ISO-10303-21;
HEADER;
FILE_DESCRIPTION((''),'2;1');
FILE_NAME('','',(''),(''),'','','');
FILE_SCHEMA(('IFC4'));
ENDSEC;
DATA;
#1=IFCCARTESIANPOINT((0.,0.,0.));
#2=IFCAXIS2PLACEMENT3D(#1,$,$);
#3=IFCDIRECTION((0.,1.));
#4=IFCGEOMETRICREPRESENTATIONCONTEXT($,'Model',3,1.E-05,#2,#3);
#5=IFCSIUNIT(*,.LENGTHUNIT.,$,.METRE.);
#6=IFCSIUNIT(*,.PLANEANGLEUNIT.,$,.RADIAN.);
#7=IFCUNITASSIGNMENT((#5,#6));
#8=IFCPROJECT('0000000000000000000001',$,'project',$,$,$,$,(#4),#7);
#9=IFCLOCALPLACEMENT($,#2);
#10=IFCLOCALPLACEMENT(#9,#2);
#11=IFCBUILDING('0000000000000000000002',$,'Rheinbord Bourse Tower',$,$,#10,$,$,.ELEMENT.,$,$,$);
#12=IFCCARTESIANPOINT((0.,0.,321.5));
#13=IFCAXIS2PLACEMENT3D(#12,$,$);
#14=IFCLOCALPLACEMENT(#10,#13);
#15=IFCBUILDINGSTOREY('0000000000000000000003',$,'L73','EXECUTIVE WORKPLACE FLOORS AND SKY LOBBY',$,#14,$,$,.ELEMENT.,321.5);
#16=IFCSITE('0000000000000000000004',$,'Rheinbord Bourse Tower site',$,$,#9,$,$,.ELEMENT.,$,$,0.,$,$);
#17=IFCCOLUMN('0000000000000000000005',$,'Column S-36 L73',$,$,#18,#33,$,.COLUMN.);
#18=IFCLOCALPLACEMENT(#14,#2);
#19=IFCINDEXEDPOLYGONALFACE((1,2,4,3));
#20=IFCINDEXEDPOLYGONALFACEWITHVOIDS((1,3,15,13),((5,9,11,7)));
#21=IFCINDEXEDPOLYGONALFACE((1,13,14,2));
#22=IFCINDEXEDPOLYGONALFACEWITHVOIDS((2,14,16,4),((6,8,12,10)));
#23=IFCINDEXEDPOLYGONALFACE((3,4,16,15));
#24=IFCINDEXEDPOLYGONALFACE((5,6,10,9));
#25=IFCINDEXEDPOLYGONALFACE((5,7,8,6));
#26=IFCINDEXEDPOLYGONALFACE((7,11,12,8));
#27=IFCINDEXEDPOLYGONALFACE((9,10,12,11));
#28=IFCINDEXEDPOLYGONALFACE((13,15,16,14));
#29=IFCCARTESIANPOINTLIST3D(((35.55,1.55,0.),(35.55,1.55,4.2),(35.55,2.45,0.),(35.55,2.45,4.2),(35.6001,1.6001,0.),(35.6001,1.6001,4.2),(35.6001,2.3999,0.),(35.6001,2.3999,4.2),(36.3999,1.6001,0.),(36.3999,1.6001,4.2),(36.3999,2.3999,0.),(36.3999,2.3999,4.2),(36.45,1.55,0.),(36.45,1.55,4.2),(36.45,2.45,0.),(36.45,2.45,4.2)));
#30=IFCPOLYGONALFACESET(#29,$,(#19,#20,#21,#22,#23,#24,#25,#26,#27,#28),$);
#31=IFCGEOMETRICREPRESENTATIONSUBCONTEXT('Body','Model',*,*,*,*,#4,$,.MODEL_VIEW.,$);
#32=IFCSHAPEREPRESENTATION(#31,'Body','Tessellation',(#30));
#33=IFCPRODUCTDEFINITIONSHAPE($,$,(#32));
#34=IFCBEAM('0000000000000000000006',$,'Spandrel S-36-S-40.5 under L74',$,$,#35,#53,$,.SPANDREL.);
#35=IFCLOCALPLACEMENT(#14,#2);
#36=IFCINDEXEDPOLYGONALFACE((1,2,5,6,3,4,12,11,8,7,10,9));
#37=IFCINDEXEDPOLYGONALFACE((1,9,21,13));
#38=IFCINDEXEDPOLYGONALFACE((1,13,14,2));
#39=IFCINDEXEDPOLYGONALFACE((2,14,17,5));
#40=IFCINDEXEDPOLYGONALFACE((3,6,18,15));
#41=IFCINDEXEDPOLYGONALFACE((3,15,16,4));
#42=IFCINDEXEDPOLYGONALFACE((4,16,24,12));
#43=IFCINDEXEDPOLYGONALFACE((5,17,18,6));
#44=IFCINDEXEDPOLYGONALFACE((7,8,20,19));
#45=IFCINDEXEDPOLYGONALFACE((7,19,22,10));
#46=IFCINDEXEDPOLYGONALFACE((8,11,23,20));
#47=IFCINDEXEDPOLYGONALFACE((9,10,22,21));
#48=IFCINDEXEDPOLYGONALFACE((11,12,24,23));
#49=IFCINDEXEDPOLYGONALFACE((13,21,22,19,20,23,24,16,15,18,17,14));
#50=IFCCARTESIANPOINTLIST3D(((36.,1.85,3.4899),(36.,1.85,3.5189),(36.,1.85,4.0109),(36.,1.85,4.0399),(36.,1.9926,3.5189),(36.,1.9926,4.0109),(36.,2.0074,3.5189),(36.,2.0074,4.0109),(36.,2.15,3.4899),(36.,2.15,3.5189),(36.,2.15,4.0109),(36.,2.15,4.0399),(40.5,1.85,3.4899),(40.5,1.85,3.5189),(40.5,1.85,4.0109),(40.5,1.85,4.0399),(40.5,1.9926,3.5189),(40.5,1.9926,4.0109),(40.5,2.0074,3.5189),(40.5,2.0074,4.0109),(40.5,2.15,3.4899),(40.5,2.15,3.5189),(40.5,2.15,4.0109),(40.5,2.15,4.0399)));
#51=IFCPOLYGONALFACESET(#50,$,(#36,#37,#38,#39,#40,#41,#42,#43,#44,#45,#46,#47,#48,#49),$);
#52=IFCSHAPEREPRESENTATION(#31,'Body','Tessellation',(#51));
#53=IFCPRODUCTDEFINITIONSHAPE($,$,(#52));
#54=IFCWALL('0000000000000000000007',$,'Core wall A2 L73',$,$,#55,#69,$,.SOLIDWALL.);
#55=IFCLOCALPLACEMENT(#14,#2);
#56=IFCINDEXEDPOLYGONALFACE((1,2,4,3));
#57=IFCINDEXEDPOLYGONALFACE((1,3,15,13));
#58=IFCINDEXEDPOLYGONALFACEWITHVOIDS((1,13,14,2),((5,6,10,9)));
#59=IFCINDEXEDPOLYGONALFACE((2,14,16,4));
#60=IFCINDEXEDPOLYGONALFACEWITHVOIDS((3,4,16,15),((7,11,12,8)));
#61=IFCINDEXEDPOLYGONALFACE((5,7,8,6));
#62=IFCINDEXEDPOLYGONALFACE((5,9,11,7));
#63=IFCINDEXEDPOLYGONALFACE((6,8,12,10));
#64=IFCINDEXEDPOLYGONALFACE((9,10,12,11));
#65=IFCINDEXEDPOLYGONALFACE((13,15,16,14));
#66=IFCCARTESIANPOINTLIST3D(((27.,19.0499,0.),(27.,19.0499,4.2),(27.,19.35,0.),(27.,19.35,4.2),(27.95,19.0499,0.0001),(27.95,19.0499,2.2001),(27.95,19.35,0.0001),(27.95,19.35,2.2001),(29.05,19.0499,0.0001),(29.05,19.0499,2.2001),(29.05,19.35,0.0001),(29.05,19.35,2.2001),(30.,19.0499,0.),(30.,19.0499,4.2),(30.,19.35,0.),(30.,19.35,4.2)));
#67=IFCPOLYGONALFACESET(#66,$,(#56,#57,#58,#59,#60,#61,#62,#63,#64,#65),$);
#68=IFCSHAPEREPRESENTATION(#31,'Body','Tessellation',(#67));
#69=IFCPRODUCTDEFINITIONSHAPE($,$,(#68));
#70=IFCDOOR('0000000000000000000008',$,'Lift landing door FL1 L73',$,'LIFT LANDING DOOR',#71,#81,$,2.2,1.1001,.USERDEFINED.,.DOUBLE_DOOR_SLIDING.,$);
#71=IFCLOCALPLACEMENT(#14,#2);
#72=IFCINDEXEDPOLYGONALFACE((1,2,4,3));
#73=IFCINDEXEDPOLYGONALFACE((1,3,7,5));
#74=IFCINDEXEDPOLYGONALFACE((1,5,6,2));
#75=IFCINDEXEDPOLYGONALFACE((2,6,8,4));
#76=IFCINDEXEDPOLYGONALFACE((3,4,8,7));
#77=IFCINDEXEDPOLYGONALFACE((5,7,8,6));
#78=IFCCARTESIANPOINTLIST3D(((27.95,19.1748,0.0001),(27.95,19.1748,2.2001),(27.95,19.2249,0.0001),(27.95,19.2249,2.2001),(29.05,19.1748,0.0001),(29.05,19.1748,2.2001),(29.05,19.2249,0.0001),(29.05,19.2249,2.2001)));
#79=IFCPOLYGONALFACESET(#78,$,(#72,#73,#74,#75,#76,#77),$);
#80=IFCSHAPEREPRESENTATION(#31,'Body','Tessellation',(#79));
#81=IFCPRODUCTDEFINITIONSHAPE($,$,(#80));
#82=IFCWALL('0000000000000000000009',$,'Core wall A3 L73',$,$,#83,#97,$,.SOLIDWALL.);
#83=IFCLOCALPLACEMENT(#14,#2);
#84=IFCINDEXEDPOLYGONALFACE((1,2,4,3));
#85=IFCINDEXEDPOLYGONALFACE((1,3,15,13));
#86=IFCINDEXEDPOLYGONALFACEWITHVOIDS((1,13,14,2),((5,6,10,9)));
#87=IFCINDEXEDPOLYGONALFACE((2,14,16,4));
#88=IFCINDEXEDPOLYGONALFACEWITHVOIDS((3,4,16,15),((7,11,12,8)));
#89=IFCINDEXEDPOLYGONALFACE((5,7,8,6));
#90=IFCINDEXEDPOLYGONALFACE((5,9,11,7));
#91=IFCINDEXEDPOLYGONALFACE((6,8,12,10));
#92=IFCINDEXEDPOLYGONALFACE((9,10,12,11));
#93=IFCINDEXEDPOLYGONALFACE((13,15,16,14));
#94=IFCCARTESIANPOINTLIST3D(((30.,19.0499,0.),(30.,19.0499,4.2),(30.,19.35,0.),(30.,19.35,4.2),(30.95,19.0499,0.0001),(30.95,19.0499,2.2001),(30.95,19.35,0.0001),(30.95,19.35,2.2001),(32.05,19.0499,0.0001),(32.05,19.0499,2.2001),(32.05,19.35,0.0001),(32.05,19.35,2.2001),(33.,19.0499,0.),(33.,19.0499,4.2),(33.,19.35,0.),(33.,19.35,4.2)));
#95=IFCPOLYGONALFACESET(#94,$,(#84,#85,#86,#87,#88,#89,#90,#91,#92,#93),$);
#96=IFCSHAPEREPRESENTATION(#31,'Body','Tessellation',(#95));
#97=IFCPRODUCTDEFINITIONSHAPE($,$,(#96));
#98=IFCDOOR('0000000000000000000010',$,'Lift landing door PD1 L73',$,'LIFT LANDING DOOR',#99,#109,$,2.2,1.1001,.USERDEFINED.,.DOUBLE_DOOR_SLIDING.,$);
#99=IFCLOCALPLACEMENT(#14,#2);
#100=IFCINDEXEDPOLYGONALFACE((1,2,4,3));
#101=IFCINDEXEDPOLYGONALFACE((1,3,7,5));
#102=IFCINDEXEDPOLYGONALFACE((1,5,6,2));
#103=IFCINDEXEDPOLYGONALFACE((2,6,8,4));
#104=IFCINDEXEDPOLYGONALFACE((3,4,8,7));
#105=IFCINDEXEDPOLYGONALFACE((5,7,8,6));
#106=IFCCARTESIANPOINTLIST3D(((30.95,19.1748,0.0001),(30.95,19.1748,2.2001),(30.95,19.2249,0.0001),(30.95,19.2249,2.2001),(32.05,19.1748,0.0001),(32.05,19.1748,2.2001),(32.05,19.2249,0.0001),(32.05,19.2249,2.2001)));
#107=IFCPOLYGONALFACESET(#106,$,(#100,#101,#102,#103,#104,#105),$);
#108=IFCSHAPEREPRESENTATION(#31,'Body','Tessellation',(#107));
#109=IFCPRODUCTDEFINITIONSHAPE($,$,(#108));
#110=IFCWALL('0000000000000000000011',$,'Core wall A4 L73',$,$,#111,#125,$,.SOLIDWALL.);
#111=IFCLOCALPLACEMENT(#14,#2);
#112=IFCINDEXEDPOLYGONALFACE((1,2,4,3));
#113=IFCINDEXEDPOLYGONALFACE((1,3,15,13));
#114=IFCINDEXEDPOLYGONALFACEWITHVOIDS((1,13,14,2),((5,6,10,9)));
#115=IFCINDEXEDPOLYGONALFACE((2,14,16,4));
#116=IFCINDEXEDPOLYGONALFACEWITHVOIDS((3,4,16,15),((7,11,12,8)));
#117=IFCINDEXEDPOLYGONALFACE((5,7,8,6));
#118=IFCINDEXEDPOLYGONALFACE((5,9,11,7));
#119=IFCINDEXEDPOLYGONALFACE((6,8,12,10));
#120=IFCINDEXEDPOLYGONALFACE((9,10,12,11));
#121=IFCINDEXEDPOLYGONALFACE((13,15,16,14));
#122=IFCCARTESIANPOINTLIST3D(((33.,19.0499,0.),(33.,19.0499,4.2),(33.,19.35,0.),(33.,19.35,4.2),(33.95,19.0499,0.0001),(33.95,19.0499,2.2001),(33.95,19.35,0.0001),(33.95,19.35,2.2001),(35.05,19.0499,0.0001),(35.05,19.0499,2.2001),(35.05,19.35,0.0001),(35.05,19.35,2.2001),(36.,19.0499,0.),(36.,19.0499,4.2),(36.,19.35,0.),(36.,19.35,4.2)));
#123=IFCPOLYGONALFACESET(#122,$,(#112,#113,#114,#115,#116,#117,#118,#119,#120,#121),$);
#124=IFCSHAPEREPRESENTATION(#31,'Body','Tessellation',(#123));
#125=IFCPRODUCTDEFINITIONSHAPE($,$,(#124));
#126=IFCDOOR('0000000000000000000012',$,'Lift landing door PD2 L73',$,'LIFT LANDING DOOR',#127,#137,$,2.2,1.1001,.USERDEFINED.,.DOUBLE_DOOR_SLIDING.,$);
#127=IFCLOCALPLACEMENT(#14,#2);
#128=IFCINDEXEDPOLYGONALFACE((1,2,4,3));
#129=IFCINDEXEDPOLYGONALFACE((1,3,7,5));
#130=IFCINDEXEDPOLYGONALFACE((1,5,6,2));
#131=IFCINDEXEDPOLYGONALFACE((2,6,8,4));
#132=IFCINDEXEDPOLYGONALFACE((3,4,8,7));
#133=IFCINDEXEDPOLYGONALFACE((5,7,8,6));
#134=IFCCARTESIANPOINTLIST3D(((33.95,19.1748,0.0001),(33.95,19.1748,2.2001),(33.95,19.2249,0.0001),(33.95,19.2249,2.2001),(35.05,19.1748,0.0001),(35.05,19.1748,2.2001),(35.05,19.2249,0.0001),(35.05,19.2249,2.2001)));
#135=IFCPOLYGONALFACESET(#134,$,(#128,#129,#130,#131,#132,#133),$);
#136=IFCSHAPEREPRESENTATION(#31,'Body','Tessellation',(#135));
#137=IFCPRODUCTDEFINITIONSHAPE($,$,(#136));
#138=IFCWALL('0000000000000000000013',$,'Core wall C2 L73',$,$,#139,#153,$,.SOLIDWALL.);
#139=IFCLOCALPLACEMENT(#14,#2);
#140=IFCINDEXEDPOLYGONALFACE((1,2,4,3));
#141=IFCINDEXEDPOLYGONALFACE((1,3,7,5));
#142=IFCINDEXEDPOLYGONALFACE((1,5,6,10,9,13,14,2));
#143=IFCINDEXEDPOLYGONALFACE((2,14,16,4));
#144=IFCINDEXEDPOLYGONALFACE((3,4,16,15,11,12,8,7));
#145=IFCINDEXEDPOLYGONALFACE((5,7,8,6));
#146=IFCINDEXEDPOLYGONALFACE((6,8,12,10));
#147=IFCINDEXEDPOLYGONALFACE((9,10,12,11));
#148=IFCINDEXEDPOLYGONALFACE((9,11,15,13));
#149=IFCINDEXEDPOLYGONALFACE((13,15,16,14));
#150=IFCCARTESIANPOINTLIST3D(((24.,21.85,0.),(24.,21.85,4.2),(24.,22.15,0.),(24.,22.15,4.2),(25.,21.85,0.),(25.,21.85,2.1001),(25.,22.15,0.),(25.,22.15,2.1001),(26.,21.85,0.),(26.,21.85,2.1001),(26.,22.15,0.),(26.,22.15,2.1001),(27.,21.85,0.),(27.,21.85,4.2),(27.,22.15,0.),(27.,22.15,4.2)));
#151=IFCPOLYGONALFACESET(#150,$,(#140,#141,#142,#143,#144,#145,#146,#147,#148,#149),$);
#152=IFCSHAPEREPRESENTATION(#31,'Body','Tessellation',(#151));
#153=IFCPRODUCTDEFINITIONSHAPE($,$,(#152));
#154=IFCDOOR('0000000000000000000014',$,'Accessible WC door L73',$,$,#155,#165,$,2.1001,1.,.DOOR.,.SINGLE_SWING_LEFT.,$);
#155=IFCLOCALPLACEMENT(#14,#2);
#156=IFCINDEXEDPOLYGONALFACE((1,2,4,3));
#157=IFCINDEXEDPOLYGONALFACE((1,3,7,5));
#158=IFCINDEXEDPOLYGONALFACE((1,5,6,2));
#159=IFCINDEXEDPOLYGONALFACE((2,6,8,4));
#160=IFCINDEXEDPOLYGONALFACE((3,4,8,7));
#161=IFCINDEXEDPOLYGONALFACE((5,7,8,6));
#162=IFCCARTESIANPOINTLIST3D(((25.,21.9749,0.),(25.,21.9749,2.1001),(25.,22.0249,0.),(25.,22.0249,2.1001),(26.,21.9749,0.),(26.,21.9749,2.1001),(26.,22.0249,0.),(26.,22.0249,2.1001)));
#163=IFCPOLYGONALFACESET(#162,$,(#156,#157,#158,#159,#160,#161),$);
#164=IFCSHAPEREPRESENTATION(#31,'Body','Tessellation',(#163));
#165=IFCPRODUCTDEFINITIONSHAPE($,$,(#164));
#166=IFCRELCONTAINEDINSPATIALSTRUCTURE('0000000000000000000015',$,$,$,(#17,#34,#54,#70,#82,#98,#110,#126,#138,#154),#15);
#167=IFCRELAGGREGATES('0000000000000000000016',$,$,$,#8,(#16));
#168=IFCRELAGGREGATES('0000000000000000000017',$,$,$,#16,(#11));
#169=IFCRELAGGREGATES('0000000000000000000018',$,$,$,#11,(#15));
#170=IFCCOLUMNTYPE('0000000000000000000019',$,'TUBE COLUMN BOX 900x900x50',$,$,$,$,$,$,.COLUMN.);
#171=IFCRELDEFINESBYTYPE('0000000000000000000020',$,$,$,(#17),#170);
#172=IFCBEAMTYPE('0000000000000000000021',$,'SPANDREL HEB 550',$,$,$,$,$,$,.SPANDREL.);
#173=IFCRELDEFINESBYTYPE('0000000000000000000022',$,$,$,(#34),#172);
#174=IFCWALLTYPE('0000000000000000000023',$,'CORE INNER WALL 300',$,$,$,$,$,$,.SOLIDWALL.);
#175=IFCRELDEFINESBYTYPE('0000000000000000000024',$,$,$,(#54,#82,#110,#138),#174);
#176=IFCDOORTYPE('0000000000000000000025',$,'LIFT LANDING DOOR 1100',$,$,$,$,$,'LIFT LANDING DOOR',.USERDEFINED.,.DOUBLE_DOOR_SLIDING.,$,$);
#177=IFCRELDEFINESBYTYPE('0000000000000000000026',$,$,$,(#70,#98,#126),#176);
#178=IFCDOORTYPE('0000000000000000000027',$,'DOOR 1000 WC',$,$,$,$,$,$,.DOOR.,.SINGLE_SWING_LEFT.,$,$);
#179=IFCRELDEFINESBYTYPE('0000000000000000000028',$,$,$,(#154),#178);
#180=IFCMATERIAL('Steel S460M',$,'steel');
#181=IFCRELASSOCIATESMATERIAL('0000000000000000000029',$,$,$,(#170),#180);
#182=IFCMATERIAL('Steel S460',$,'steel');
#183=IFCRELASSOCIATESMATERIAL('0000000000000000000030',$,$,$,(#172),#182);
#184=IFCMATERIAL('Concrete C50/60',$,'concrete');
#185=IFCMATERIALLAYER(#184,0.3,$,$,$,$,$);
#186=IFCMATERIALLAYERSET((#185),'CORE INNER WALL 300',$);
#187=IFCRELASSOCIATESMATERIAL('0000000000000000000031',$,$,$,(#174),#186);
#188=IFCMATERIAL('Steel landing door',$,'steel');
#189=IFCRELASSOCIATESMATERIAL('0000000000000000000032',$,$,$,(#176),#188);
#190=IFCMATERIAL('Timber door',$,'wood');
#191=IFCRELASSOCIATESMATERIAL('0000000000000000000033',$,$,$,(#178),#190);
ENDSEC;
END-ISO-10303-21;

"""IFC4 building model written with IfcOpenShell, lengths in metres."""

from ifc_helpers import new_model, si_unit, direction, frame, frame_2d, origin, origin_2d, place, context, subcontext, project, spatial, rectangle, hollow_rectangle, i_section, extrude, material, layer, layer_set, material_profile, profile_set, type_object, element, fill, save


model = new_model("IFC4")

# Units and contexts
model_context = context("Model", 3, precision=1e-05, world=origin(), true_north=direction((0.0, 1.0)))
body_context = subcontext(model_context, "Body", "Model", "MODEL_VIEW")
ifc_project = project(units=[si_unit("LENGTHUNIT", "METRE"), si_unit("PLANEANGLEUNIT", "RADIAN")], contexts=[model_context])

# Site, building, storey
site_placement = place(None, origin())
site = spatial("IfcSite", under=ifc_project, at=site_placement, Name="Rheinbord Bourse Tower site", CompositionType="ELEMENT", RefElevation=0.0)
building_placement = place(site_placement, origin())
building = spatial("IfcBuilding", under=site, at=building_placement, Name="Rheinbord Bourse Tower", CompositionType="ELEMENT")
storey_placement = place(building_placement, frame((0.0, 0.0, 321.5)))
storey = spatial("IfcBuildingStorey", under=building, at=storey_placement, Name="L73", Description="EXECUTIVE WORKPLACE FLOORS AND SKY LOBBY", CompositionType="ELEMENT", Elevation=321.5)

# Column
ifc_material_1 = material(Name="Steel S460M", Category="steel")
ifc_material_profile_1 = material_profile(ifc_material_1, hollow_rectangle(XDim=0.8999, YDim=0.8999, WallThickness=0.05, at=origin_2d()), Name="BOX 900x900x50")
ifc_profile_set_1 = profile_set([ifc_material_profile_1], Name="Steel S460M")
column_type = type_object("IfcColumnType", Name="TUBE COLUMN BOX 900x900x50", PredefinedType="COLUMN", material=ifc_profile_set_1)
column_placement = place(storey_placement, frame((36.0, 2.0, 0.0), z_axis=(0.0, 0.0, 1.0), x_axis=(0.0, 1.0, 0.0)))
element("IfcColumn", 1, at=column_placement, inside=storey, type_object=column_type, Name="Column S-36 L73", PredefinedType="COLUMN", context=body_context, shape_type="SweptSolid", body=[
    extrude(hollow_rectangle(XDim=0.8999, YDim=0.8999, WallThickness=0.05, at=origin_2d()), origin(), (0.0, 0.0, 1.0), 4.2),
])

# Beam
ifc_material_2 = material(Name="Steel S460", Category="steel")
ifc_material_profile_2 = material_profile(ifc_material_2, i_section(OverallWidth=0.3, OverallDepth=0.55, WebThickness=0.0149, FlangeThickness=0.0291, at=origin_2d()), Name="HEB 550")
ifc_profile_set_2 = profile_set([ifc_material_profile_2], Name="Steel S460")
beam_type = type_object("IfcBeamType", Name="SPANDREL HEB 550", PredefinedType="SPANDREL", material=ifc_profile_set_2)
beam_placement = place(storey_placement, frame((36.0, 2.0, 3.7649), z_axis=(1.0, 0.0, 0.0), x_axis=(0.0, 1.0, 0.0)))
element("IfcBeam", 2, at=beam_placement, inside=storey, type_object=beam_type, Name="Spandrel S-36-S-40.5 under L74", PredefinedType="SPANDREL", context=body_context, shape_type="SweptSolid", body=[
    extrude(i_section(OverallWidth=0.3, OverallDepth=0.55, WebThickness=0.0149, FlangeThickness=0.0291, at=origin_2d()), origin(), (0.0, 0.0, 1.0), 4.5),
])

# Walls, openings, doors
ifc_material_3 = material(Name="Concrete C50/60", Category="concrete")
ifc_layer_1 = layer(ifc_material_3, 0.3)
ifc_layer_set_1 = layer_set([ifc_layer_1], Name="CORE INNER WALL 300")
wall_type_1 = type_object("IfcWallType", Name="CORE INNER WALL 300", PredefinedType="SOLIDWALL", material=ifc_layer_set_1)
wall_1_placement = place(storey_placement, frame((27.0, 19.2, 0.0), z_axis=(0.0, 0.0, 1.0), x_axis=(1.0, 0.0, 0.0)))
wall_1 = element("IfcWall", 3, at=wall_1_placement, inside=storey, type_object=wall_type_1, Name="Core wall A2 L73", PredefinedType="SOLIDWALL", context=body_context, shape_type="SweptSolid", body=[
    extrude(rectangle(XDim=3.0, YDim=0.3, at=frame_2d((1.5, 0.0))), origin(), (0.0, 0.0, 1.0), 4.2),
])
opening_1_placement = place(wall_1_placement, frame((0.95, 0.0, 0.0)))
opening_1 = element("IfcOpeningElement", 4, at=opening_1_placement, cuts=wall_1, PredefinedType="OPENING", context=body_context, shape_type="SweptSolid", body=[
    extrude(rectangle(XDim=1.1001, YDim=2.2, at=frame_2d((0.55, 1.1001))), frame((0.0, 0.1599, 0.0), z_axis=(0.0, -1.0, 0.0), x_axis=(1.0, 0.0, 0.0)), (0.0, 0.0, 1.0), 0.3201),
])
ifc_material_4 = material(Name="Steel landing door", Category="steel")
door_type_1 = type_object("IfcDoorType", Name="LIFT LANDING DOOR 1100", ElementType="LIFT LANDING DOOR", OperationType="DOUBLE_DOOR_SLIDING", PredefinedType="USERDEFINED", material=ifc_material_4)
door_1_placement = place(opening_1_placement, origin())
door_1 = element("IfcDoor", 5, at=door_1_placement, inside=storey, type_object=door_type_1, Name="Lift landing door FL1 L73", ObjectType="LIFT LANDING DOOR", OperationType="DOUBLE_DOOR_SLIDING", OverallHeight=2.2, OverallWidth=1.1001, PredefinedType="USERDEFINED", context=body_context, shape_type="SweptSolid", body=[
    extrude(rectangle(XDim=1.1001, YDim=2.2, at=frame_2d((0.55, 1.1001))), frame((0.0, 0.0249, 0.0), z_axis=(0.0, -1.0, 0.0), x_axis=(1.0, 0.0, 0.0)), (0.0, 0.0, 1.0), 0.05),
])
fill(opening_1, door_1)
wall_2_placement = place(storey_placement, frame((30.0, 19.2, 0.0), z_axis=(0.0, 0.0, 1.0), x_axis=(1.0, 0.0, 0.0)))
wall_2 = element("IfcWall", 6, at=wall_2_placement, inside=storey, type_object=wall_type_1, Name="Core wall A3 L73", PredefinedType="SOLIDWALL", context=body_context, shape_type="SweptSolid", body=[
    extrude(rectangle(XDim=3.0, YDim=0.3, at=frame_2d((1.5, 0.0))), origin(), (0.0, 0.0, 1.0), 4.2),
])
opening_2_placement = place(wall_2_placement, frame((0.95, 0.0, 0.0)))
opening_2 = element("IfcOpeningElement", 7, at=opening_2_placement, cuts=wall_2, PredefinedType="OPENING", context=body_context, shape_type="SweptSolid", body=[
    extrude(rectangle(XDim=1.1001, YDim=2.2, at=frame_2d((0.55, 1.1001))), frame((0.0, 0.1599, 0.0), z_axis=(0.0, -1.0, 0.0), x_axis=(1.0, 0.0, 0.0)), (0.0, 0.0, 1.0), 0.3201),
])
door_2_placement = place(opening_2_placement, origin())
door_2 = element("IfcDoor", 8, at=door_2_placement, inside=storey, type_object=door_type_1, Name="Lift landing door PD1 L73", ObjectType="LIFT LANDING DOOR", OperationType="DOUBLE_DOOR_SLIDING", OverallHeight=2.2, OverallWidth=1.1001, PredefinedType="USERDEFINED", context=body_context, shape_type="SweptSolid", body=[
    extrude(rectangle(XDim=1.1001, YDim=2.2, at=frame_2d((0.55, 1.1001))), frame((0.0, 0.0249, 0.0), z_axis=(0.0, -1.0, 0.0), x_axis=(1.0, 0.0, 0.0)), (0.0, 0.0, 1.0), 0.05),
])
fill(opening_2, door_2)
wall_3_placement = place(storey_placement, frame((33.0, 19.2, 0.0), z_axis=(0.0, 0.0, 1.0), x_axis=(1.0, 0.0, 0.0)))
wall_3 = element("IfcWall", 9, at=wall_3_placement, inside=storey, type_object=wall_type_1, Name="Core wall A4 L73", PredefinedType="SOLIDWALL", context=body_context, shape_type="SweptSolid", body=[
    extrude(rectangle(XDim=3.0, YDim=0.3, at=frame_2d((1.5, 0.0))), origin(), (0.0, 0.0, 1.0), 4.2),
])
opening_3_placement = place(wall_3_placement, frame((0.95, 0.0, 0.0)))
opening_3 = element("IfcOpeningElement", 10, at=opening_3_placement, cuts=wall_3, PredefinedType="OPENING", context=body_context, shape_type="SweptSolid", body=[
    extrude(rectangle(XDim=1.1001, YDim=2.2, at=frame_2d((0.55, 1.1001))), frame((0.0, 0.1599, 0.0), z_axis=(0.0, -1.0, 0.0), x_axis=(1.0, 0.0, 0.0)), (0.0, 0.0, 1.0), 0.3201),
])
door_3_placement = place(opening_3_placement, origin())
door_3 = element("IfcDoor", 11, at=door_3_placement, inside=storey, type_object=door_type_1, Name="Lift landing door PD2 L73", ObjectType="LIFT LANDING DOOR", OperationType="DOUBLE_DOOR_SLIDING", OverallHeight=2.2, OverallWidth=1.1001, PredefinedType="USERDEFINED", context=body_context, shape_type="SweptSolid", body=[
    extrude(rectangle(XDim=1.1001, YDim=2.2, at=frame_2d((0.55, 1.1001))), frame((0.0, 0.0249, 0.0), z_axis=(0.0, -1.0, 0.0), x_axis=(1.0, 0.0, 0.0)), (0.0, 0.0, 1.0), 0.05),
])
fill(opening_3, door_3)
wall_4_placement = place(storey_placement, frame((24.0, 22.0, 0.0), z_axis=(0.0, 0.0, 1.0), x_axis=(1.0, 0.0, 0.0)))
wall_4 = element("IfcWall", 12, at=wall_4_placement, inside=storey, type_object=wall_type_1, Name="Core wall C2 L73", PredefinedType="SOLIDWALL", context=body_context, shape_type="SweptSolid", body=[
    extrude(rectangle(XDim=3.0, YDim=0.3, at=frame_2d((1.5, 0.0))), origin(), (0.0, 0.0, 1.0), 4.2),
])
opening_4_placement = place(wall_4_placement, frame((1.0, 0.0, 0.0)))
opening_4 = element("IfcOpeningElement", 13, at=opening_4_placement, cuts=wall_4, PredefinedType="OPENING", context=body_context, shape_type="SweptSolid", body=[
    extrude(rectangle(XDim=1.0, YDim=2.1001, at=frame_2d((0.5, 1.05))), frame((0.0, 0.1599, 0.0), z_axis=(0.0, -1.0, 0.0), x_axis=(1.0, 0.0, 0.0)), (0.0, 0.0, 1.0), 0.3201),
])
ifc_material_5 = material(Name="Timber door", Category="wood")
door_type_2 = type_object("IfcDoorType", Name="DOOR 1000 WC", OperationType="SINGLE_SWING_LEFT", PredefinedType="DOOR", material=ifc_material_5)
door_4_placement = place(opening_4_placement, origin())
door_4 = element("IfcDoor", 14, at=door_4_placement, inside=storey, type_object=door_type_2, Name="Accessible WC door L73", OperationType="SINGLE_SWING_LEFT", OverallHeight=2.1001, OverallWidth=1.0, PredefinedType="DOOR", context=body_context, shape_type="SweptSolid", body=[
    extrude(rectangle(XDim=1.0, YDim=2.1001, at=frame_2d((0.5, 1.05))), frame((0.0, 0.0249, 0.0), z_axis=(0.0, -1.0, 0.0), x_axis=(1.0, 0.0, 0.0)), (0.0, 0.0, 1.0), 0.05),
])
fill(opening_4, door_4)

save(model, "model.ifc")
